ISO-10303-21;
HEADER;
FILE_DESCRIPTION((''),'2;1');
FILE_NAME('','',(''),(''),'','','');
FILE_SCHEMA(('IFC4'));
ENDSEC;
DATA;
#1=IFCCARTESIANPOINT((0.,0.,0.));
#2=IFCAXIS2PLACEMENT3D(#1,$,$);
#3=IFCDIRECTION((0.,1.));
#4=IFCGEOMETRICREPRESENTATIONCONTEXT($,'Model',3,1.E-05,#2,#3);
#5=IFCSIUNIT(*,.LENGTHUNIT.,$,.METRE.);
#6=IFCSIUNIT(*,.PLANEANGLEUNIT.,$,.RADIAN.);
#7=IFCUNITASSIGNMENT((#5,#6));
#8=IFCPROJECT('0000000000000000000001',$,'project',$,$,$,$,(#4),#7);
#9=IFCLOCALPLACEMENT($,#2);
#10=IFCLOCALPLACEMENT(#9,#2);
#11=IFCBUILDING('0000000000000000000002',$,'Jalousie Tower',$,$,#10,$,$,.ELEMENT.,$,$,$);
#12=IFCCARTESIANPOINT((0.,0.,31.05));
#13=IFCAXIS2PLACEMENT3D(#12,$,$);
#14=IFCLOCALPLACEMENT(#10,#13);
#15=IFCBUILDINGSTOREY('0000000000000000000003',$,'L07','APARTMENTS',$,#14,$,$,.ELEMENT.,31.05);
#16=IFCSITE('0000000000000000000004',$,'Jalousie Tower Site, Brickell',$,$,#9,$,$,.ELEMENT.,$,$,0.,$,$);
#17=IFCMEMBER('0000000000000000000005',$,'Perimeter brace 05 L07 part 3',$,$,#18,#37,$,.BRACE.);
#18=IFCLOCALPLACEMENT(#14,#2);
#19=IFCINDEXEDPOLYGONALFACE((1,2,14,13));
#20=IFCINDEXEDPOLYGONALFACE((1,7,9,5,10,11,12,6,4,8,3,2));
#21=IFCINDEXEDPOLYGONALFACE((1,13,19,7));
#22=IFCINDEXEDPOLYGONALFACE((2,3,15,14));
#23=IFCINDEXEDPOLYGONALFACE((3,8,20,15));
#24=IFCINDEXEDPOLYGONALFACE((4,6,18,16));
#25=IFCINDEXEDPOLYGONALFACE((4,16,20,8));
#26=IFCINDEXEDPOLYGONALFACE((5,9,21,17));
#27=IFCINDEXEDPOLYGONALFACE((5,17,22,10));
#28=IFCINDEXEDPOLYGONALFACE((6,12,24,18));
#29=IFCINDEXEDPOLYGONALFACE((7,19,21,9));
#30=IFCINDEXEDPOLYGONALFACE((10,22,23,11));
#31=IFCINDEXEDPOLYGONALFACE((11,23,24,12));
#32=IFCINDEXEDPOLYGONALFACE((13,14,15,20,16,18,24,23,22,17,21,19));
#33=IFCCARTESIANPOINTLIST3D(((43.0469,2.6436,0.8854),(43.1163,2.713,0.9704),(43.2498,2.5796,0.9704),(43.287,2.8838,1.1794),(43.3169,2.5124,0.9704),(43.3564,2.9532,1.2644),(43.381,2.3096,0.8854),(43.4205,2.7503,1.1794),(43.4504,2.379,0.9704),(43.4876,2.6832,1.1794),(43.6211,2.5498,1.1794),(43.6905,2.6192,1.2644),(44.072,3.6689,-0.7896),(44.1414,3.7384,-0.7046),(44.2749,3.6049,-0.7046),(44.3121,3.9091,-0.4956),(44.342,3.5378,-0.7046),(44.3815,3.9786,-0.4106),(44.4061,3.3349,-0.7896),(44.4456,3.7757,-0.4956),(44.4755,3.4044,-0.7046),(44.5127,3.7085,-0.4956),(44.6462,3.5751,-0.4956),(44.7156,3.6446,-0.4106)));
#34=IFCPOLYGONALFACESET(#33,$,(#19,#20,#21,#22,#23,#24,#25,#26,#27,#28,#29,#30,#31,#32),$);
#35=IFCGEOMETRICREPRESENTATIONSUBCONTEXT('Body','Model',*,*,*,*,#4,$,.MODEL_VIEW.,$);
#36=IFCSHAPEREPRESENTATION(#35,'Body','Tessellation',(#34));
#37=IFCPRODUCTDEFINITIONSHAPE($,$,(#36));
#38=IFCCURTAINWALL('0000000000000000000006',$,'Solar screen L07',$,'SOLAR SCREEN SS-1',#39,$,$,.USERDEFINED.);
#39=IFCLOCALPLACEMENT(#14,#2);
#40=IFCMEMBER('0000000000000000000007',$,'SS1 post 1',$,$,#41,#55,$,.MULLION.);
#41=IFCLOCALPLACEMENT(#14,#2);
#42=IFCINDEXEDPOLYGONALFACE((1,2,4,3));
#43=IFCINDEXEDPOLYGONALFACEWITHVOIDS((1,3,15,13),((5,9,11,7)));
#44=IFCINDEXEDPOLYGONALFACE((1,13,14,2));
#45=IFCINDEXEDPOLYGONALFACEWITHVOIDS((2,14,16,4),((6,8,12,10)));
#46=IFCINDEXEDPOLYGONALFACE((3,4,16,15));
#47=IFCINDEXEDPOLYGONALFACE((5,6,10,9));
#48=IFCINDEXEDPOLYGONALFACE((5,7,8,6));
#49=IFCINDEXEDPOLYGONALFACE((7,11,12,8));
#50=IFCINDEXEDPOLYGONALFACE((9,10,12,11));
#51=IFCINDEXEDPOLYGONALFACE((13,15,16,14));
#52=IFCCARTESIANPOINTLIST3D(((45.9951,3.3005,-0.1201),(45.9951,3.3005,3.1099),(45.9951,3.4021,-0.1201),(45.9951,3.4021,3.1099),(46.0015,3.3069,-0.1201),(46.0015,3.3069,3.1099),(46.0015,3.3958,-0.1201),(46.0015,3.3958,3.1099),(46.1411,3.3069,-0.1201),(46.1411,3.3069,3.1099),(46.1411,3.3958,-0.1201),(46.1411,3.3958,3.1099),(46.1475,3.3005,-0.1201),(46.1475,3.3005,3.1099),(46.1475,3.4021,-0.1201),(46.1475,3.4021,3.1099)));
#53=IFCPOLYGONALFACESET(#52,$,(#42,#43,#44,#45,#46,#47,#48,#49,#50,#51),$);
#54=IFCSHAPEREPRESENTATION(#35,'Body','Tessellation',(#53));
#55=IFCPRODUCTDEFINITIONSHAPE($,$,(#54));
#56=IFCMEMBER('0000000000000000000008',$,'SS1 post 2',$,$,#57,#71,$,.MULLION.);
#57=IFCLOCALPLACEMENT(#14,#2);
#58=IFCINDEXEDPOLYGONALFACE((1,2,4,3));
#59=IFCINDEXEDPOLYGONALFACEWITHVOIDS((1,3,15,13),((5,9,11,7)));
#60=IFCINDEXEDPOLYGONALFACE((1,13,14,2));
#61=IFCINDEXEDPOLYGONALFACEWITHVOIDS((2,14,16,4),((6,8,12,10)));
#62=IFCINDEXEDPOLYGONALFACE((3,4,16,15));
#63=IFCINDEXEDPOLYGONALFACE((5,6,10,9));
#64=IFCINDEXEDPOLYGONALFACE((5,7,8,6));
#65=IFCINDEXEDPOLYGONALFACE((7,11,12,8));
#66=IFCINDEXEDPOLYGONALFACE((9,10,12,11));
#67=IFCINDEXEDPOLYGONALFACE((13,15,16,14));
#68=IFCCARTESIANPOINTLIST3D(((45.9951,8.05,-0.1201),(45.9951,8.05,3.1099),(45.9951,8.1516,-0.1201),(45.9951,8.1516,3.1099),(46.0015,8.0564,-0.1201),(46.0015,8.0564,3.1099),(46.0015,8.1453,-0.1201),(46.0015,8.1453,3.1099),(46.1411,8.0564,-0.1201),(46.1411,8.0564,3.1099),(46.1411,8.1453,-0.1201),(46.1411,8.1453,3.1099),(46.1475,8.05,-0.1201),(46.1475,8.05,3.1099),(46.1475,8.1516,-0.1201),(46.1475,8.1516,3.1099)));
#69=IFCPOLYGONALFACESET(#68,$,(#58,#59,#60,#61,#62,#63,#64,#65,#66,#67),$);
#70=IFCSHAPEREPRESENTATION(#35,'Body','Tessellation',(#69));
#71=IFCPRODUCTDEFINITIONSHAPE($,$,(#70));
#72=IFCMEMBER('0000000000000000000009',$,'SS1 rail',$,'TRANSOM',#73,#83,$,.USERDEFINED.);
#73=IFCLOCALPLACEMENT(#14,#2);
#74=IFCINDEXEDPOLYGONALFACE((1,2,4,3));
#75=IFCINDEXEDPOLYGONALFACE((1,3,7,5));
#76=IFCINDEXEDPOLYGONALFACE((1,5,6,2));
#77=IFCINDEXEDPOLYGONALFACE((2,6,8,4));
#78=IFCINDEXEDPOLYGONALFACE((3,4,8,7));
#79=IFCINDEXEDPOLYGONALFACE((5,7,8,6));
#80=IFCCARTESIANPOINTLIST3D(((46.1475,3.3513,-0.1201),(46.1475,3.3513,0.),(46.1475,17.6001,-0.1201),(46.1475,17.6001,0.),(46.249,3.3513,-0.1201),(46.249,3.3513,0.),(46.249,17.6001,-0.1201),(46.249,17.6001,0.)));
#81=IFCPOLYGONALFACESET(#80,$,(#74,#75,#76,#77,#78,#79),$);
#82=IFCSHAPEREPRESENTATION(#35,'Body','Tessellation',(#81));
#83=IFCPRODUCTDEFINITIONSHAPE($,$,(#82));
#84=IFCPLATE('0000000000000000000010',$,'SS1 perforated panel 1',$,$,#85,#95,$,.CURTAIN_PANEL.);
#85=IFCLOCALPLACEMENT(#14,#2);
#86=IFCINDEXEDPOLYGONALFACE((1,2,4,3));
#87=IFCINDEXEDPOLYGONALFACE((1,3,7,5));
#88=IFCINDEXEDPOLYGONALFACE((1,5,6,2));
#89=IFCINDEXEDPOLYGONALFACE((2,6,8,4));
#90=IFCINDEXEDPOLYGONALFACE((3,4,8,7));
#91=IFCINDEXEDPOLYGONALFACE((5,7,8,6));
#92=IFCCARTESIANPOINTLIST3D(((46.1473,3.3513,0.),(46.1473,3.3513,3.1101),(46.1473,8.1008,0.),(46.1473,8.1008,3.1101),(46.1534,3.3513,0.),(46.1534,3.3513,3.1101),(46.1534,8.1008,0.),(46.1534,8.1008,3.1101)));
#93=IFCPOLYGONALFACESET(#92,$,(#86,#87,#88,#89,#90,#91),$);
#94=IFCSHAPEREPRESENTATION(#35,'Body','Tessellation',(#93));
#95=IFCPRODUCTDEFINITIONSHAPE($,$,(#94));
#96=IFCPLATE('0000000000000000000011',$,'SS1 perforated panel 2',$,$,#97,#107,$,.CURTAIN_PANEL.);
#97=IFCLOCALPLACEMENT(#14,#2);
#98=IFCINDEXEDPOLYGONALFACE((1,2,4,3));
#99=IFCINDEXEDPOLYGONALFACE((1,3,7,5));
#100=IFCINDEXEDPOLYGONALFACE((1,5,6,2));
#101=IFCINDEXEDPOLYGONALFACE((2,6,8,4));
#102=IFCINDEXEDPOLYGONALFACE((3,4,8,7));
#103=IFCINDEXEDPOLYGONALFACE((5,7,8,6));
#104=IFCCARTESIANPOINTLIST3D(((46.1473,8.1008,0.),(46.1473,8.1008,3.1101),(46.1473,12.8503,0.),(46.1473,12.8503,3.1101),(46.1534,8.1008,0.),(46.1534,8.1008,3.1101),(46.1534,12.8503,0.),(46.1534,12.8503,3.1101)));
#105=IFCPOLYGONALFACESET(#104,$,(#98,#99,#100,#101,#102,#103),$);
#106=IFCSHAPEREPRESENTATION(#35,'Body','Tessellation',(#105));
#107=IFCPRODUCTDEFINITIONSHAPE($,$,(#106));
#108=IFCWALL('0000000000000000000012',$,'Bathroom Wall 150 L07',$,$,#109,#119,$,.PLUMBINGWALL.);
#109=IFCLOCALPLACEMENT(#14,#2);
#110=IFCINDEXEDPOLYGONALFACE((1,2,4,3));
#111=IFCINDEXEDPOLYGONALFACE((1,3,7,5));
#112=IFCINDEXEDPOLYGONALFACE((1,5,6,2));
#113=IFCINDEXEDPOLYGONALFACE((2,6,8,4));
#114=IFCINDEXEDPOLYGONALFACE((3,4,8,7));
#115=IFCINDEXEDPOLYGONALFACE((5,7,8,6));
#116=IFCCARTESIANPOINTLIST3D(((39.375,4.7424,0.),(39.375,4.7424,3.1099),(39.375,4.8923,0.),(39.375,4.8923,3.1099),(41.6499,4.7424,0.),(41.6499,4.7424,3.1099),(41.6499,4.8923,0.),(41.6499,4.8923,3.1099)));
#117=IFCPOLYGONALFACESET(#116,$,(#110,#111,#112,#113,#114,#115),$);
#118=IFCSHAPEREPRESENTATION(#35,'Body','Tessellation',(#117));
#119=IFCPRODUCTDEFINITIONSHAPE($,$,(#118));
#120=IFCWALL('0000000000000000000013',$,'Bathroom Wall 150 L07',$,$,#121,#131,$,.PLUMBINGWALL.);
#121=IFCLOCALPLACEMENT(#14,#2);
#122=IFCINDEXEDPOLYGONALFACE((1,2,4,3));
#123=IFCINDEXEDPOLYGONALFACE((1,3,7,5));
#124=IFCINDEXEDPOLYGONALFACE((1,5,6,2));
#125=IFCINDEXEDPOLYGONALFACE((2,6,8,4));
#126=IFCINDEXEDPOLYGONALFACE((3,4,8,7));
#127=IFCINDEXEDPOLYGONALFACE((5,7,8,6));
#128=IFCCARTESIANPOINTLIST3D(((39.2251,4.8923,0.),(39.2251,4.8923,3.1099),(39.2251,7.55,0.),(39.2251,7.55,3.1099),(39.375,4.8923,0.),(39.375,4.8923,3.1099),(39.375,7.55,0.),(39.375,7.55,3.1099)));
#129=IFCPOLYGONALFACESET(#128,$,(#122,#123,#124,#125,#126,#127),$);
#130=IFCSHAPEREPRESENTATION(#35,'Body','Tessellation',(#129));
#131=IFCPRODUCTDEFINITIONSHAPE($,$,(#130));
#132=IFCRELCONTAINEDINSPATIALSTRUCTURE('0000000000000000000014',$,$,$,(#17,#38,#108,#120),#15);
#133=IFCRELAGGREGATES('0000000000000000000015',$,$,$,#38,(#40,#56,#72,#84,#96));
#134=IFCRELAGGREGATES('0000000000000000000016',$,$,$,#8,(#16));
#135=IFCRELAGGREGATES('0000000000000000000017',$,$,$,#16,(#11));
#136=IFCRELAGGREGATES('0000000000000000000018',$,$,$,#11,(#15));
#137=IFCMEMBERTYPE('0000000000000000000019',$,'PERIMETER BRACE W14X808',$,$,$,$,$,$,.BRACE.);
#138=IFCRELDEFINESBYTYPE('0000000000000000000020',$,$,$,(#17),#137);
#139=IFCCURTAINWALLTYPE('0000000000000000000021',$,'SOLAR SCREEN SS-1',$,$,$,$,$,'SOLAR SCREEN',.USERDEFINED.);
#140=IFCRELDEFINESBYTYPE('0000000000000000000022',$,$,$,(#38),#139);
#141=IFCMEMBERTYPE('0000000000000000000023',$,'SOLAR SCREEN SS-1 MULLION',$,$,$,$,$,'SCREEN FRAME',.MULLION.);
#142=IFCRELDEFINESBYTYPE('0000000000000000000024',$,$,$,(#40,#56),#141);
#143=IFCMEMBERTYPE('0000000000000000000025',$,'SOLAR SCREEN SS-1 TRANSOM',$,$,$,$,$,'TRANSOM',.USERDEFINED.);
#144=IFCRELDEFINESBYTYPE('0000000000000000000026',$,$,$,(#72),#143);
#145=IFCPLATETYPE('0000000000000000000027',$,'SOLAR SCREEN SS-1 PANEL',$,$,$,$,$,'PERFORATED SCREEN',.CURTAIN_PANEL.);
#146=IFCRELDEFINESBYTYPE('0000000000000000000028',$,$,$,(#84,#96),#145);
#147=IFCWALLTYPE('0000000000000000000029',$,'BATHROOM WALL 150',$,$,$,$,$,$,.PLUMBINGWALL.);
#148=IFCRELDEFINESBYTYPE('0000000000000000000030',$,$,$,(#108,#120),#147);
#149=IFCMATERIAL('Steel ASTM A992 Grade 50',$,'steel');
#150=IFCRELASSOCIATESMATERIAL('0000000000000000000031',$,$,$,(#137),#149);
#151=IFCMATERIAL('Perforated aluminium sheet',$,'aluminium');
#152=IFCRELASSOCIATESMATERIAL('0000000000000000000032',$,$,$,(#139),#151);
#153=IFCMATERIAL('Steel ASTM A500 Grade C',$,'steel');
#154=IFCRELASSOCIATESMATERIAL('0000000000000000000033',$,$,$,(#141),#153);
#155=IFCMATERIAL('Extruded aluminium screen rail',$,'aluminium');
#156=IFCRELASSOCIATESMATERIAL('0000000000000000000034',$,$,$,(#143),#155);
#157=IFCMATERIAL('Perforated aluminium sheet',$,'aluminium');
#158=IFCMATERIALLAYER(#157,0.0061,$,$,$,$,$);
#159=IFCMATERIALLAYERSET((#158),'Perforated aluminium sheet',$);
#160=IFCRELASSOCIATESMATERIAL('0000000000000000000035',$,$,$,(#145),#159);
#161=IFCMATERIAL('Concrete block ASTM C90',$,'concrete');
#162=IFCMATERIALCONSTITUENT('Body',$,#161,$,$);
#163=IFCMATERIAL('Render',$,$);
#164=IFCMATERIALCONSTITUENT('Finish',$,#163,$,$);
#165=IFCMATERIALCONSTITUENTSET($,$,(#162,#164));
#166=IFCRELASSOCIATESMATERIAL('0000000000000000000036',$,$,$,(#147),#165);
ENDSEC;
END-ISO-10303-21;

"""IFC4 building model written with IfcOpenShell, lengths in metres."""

from ifc_helpers import new_model, si_unit, direction, frame, frame_2d, origin, origin_2d, place, context, subcontext, project, spatial, rectangle, hollow_rectangle, i_section, extrude, material, layer, layer_set, constituent, constituent_set, material_profile, profile_set, type_object, element, aggregate, save


model = new_model("IFC4")

# Units and contexts
model_context = context("Model", 3, precision=1e-05, world=origin(), true_north=direction((0.0, 1.0)))
body_context = subcontext(model_context, "Body", "Model", "MODEL_VIEW")
ifc_project = project(units=[si_unit("LENGTHUNIT", "METRE"), si_unit("PLANEANGLEUNIT", "RADIAN")], contexts=[model_context])

# Site, building, storey
site_placement = place(None, origin())
site = spatial("IfcSite", under=ifc_project, at=site_placement, Name="Jalousie Tower Site, Brickell", CompositionType="ELEMENT", RefElevation=0.0)
building_placement = place(site_placement, origin())
building = spatial("IfcBuilding", under=site, at=building_placement, Name="Jalousie Tower", CompositionType="ELEMENT")
storey_placement = place(building_placement, frame((0.0, 0.0, 31.05)))
storey = spatial("IfcBuildingStorey", under=building, at=storey_placement, Name="L07", Description="APARTMENTS", CompositionType="ELEMENT", Elevation=31.05)

# Member
ifc_material_1 = material(Name="Steel ASTM A992 Grade 50", Category="steel")
ifc_material_profile_1 = material_profile(ifc_material_1, i_section(OverallWidth=0.4724, OverallDepth=0.5791, WebThickness=0.095, FlangeThickness=0.1299, at=origin_2d()), Name="W14X808")
ifc_profile_set_1 = profile_set([ifc_material_profile_1], Name="Steel ASTM A992 Grade 50")
member_type_1 = type_object("IfcMemberType", Name="PERIMETER BRACE W14X808", PredefinedType="BRACE", material=ifc_profile_set_1)
member_1_placement = place(storey_placement, frame((44.3938, 3.6567, -0.6001), z_axis=(-0.46273, -0.46284, 0.756082), x_axis=(0.707191, -0.707023, 0.0)))
element("IfcMember", 1, at=member_1_placement, inside=storey, type_object=member_type_1, Name="Perimeter brace 05 L07 part 3", PredefinedType="BRACE", context=body_context, shape_type="SweptSolid", body=[
    extrude(i_section(OverallWidth=0.4724, OverallDepth=0.5791, WebThickness=0.095, FlangeThickness=0.1299, at=origin_2d()), origin(), (0.0, 0.0, 1.0), 2.2153),
])

# Curtain wall, members, plates
ifc_material_2 = material(Name="Perforated aluminium sheet", Category="aluminium")
curtain_wall_type = type_object("IfcCurtainWallType", Name="SOLAR SCREEN SS-1", ElementType="SOLAR SCREEN", PredefinedType="USERDEFINED", material=ifc_material_2)
curtain_wall_placement = place(storey_placement, origin())
curtain_wall = element("IfcCurtainWall", 2, at=curtain_wall_placement, inside=storey, type_object=curtain_wall_type, Name="Solar screen L07", ObjectType="SOLAR SCREEN SS-1", PredefinedType="USERDEFINED")
ifc_material_3 = material(Name="Steel ASTM A500 Grade C", Category="steel")
ifc_material_profile_2 = material_profile(ifc_material_3, hollow_rectangle(XDim=0.1016, YDim=0.1523, WallThickness=0.0063, at=origin_2d()), Name="HSS6X4X1/4")
ifc_profile_set_2 = profile_set([ifc_material_profile_2], Name="Steel ASTM A500 Grade C")
member_type_2 = type_object("IfcMemberType", Name="SOLAR SCREEN SS-1 MULLION", ElementType="SCREEN FRAME", PredefinedType="MULLION", material=ifc_profile_set_2)
member_2_placement = place(storey_placement, frame((46.0713, 3.3513, -0.1201), z_axis=(0.0, 0.0, 1.0), x_axis=(0.0, 1.0, 0.0)))
member_2 = element("IfcMember", 3, at=member_2_placement, type_object=member_type_2, Name="SS1 post 1", PredefinedType="MULLION", context=body_context, shape_type="SweptSolid", body=[
    extrude(hollow_rectangle(XDim=0.1016, YDim=0.1523, WallThickness=0.0063, at=origin_2d()), origin(), (0.0, 0.0, 1.0), 3.23),
])
member_3_placement = place(storey_placement, frame((46.0713, 8.1008, -0.1201), z_axis=(0.0, 0.0, 1.0), x_axis=(0.0, 1.0, 0.0)))
member_3 = element("IfcMember", 4, at=member_3_placement, type_object=member_type_2, Name="SS1 post 2", PredefinedType="MULLION", context=body_context, shape_type="SweptSolid", body=[
    extrude(hollow_rectangle(XDim=0.1016, YDim=0.1523, WallThickness=0.0063, at=origin_2d()), origin(), (0.0, 0.0, 1.0), 3.23),
])
ifc_material_4 = material(Name="Extruded aluminium screen rail", Category="aluminium")
ifc_material_profile_3 = material_profile(ifc_material_4, rectangle(XDim=0.1016, YDim=0.1201, at=origin_2d()), Name="RAIL 102x120")
ifc_profile_set_3 = profile_set([ifc_material_profile_3], Name="Extruded aluminium screen rail")
member_type_3 = type_object("IfcMemberType", Name="SOLAR SCREEN SS-1 TRANSOM", ElementType="TRANSOM", PredefinedType="USERDEFINED", material=ifc_profile_set_3)
member_4_placement = place(storey_placement, frame((46.1982, 3.3513, -0.0601), z_axis=(0.0, 1.0, 0.0), x_axis=(-1.0, 0.0, 0.0)))
member_4 = element("IfcMember", 5, at=member_4_placement, type_object=member_type_3, Name="SS1 rail", ObjectType="TRANSOM", PredefinedType="USERDEFINED", context=body_context, shape_type="SweptSolid", body=[
    extrude(rectangle(XDim=0.1016, YDim=0.1201, at=origin_2d()), origin(), (0.0, 0.0, 1.0), 14.2488),
])
ifc_material_5 = material(Name="Perforated aluminium sheet", Category="aluminium")
ifc_layer_1 = layer(ifc_material_5, 0.0061)
ifc_layer_set_1 = layer_set([ifc_layer_1], Name="Perforated aluminium sheet")
plate_type = type_object("IfcPlateType", Name="SOLAR SCREEN SS-1 PANEL", ElementType="PERFORATED SCREEN", PredefinedType="CURTAIN_PANEL", material=ifc_layer_set_1)
plate_1_placement = place(storey_placement, frame((46.1504, 5.7261, 0.0), z_axis=(0.0, 0.0, 1.0), x_axis=(0.0, 1.0, 0.0)))
plate_1 = element("IfcPlate", 6, at=plate_1_placement, type_object=plate_type, Name="SS1 perforated panel 1", PredefinedType="CURTAIN_PANEL", context=body_context, shape_type="SweptSolid", body=[
    extrude(rectangle(XDim=4.7495, YDim=0.0061, at=origin_2d()), origin(), (0.0, 0.0, 1.0), 3.1101),
])
plate_2_placement = place(storey_placement, frame((46.1504, 10.4756, 0.0), z_axis=(0.0, 0.0, 1.0), x_axis=(0.0, 1.0, 0.0)))
plate_2 = element("IfcPlate", 7, at=plate_2_placement, type_object=plate_type, Name="SS1 perforated panel 2", PredefinedType="CURTAIN_PANEL", context=body_context, shape_type="SweptSolid", body=[
    extrude(rectangle(XDim=4.7495, YDim=0.0061, at=origin_2d()), origin(), (0.0, 0.0, 1.0), 3.1101),
])
aggregate(curtain_wall, [member_2, member_3, member_4, plate_1, plate_2])

# Walls
ifc_material_6 = material(Name="Concrete block ASTM C90", Category="concrete")
ifc_constituent_1 = constituent(ifc_material_6, Name="Body")
ifc_material_7 = material(Name="Render")
ifc_constituent_2 = constituent(ifc_material_7, Name="Finish")
ifc_constituent_set_1 = constituent_set(constituents=[ifc_constituent_1, ifc_constituent_2])
wall_type_1 = type_object("IfcWallType", Name="BATHROOM WALL 150", PredefinedType="PLUMBINGWALL", material=ifc_constituent_set_1)
wall_1_placement = place(storey_placement, frame((39.375, 4.8174, 0.0), z_axis=(0.0, 0.0, 1.0), x_axis=(1.0, 0.0, 0.0)))
element("IfcWall", 8, at=wall_1_placement, inside=storey, type_object=wall_type_1, Name="Bathroom Wall 150 L07", PredefinedType="PLUMBINGWALL", context=body_context, shape_type="SweptSolid", body=[
    extrude(rectangle(XDim=2.2749, YDim=0.1499, at=frame_2d((1.1375, 0.0))), origin(), (0.0, 0.0, 1.0), 3.1099),
])
wall_2_placement = place(storey_placement, frame((39.3, 4.8923, 0.0), z_axis=(0.0, 0.0, 1.0), x_axis=(0.0, 1.0, 0.0)))
element("IfcWall", 9, at=wall_2_placement, inside=storey, type_object=wall_type_1, Name="Bathroom Wall 150 L07", PredefinedType="PLUMBINGWALL", context=body_context, shape_type="SweptSolid", body=[
    extrude(rectangle(XDim=2.6577, YDim=0.1499, at=frame_2d((1.3289, 0.0))), origin(), (0.0, 0.0, 1.0), 3.1099),
])

save(model, "model.ifc")
